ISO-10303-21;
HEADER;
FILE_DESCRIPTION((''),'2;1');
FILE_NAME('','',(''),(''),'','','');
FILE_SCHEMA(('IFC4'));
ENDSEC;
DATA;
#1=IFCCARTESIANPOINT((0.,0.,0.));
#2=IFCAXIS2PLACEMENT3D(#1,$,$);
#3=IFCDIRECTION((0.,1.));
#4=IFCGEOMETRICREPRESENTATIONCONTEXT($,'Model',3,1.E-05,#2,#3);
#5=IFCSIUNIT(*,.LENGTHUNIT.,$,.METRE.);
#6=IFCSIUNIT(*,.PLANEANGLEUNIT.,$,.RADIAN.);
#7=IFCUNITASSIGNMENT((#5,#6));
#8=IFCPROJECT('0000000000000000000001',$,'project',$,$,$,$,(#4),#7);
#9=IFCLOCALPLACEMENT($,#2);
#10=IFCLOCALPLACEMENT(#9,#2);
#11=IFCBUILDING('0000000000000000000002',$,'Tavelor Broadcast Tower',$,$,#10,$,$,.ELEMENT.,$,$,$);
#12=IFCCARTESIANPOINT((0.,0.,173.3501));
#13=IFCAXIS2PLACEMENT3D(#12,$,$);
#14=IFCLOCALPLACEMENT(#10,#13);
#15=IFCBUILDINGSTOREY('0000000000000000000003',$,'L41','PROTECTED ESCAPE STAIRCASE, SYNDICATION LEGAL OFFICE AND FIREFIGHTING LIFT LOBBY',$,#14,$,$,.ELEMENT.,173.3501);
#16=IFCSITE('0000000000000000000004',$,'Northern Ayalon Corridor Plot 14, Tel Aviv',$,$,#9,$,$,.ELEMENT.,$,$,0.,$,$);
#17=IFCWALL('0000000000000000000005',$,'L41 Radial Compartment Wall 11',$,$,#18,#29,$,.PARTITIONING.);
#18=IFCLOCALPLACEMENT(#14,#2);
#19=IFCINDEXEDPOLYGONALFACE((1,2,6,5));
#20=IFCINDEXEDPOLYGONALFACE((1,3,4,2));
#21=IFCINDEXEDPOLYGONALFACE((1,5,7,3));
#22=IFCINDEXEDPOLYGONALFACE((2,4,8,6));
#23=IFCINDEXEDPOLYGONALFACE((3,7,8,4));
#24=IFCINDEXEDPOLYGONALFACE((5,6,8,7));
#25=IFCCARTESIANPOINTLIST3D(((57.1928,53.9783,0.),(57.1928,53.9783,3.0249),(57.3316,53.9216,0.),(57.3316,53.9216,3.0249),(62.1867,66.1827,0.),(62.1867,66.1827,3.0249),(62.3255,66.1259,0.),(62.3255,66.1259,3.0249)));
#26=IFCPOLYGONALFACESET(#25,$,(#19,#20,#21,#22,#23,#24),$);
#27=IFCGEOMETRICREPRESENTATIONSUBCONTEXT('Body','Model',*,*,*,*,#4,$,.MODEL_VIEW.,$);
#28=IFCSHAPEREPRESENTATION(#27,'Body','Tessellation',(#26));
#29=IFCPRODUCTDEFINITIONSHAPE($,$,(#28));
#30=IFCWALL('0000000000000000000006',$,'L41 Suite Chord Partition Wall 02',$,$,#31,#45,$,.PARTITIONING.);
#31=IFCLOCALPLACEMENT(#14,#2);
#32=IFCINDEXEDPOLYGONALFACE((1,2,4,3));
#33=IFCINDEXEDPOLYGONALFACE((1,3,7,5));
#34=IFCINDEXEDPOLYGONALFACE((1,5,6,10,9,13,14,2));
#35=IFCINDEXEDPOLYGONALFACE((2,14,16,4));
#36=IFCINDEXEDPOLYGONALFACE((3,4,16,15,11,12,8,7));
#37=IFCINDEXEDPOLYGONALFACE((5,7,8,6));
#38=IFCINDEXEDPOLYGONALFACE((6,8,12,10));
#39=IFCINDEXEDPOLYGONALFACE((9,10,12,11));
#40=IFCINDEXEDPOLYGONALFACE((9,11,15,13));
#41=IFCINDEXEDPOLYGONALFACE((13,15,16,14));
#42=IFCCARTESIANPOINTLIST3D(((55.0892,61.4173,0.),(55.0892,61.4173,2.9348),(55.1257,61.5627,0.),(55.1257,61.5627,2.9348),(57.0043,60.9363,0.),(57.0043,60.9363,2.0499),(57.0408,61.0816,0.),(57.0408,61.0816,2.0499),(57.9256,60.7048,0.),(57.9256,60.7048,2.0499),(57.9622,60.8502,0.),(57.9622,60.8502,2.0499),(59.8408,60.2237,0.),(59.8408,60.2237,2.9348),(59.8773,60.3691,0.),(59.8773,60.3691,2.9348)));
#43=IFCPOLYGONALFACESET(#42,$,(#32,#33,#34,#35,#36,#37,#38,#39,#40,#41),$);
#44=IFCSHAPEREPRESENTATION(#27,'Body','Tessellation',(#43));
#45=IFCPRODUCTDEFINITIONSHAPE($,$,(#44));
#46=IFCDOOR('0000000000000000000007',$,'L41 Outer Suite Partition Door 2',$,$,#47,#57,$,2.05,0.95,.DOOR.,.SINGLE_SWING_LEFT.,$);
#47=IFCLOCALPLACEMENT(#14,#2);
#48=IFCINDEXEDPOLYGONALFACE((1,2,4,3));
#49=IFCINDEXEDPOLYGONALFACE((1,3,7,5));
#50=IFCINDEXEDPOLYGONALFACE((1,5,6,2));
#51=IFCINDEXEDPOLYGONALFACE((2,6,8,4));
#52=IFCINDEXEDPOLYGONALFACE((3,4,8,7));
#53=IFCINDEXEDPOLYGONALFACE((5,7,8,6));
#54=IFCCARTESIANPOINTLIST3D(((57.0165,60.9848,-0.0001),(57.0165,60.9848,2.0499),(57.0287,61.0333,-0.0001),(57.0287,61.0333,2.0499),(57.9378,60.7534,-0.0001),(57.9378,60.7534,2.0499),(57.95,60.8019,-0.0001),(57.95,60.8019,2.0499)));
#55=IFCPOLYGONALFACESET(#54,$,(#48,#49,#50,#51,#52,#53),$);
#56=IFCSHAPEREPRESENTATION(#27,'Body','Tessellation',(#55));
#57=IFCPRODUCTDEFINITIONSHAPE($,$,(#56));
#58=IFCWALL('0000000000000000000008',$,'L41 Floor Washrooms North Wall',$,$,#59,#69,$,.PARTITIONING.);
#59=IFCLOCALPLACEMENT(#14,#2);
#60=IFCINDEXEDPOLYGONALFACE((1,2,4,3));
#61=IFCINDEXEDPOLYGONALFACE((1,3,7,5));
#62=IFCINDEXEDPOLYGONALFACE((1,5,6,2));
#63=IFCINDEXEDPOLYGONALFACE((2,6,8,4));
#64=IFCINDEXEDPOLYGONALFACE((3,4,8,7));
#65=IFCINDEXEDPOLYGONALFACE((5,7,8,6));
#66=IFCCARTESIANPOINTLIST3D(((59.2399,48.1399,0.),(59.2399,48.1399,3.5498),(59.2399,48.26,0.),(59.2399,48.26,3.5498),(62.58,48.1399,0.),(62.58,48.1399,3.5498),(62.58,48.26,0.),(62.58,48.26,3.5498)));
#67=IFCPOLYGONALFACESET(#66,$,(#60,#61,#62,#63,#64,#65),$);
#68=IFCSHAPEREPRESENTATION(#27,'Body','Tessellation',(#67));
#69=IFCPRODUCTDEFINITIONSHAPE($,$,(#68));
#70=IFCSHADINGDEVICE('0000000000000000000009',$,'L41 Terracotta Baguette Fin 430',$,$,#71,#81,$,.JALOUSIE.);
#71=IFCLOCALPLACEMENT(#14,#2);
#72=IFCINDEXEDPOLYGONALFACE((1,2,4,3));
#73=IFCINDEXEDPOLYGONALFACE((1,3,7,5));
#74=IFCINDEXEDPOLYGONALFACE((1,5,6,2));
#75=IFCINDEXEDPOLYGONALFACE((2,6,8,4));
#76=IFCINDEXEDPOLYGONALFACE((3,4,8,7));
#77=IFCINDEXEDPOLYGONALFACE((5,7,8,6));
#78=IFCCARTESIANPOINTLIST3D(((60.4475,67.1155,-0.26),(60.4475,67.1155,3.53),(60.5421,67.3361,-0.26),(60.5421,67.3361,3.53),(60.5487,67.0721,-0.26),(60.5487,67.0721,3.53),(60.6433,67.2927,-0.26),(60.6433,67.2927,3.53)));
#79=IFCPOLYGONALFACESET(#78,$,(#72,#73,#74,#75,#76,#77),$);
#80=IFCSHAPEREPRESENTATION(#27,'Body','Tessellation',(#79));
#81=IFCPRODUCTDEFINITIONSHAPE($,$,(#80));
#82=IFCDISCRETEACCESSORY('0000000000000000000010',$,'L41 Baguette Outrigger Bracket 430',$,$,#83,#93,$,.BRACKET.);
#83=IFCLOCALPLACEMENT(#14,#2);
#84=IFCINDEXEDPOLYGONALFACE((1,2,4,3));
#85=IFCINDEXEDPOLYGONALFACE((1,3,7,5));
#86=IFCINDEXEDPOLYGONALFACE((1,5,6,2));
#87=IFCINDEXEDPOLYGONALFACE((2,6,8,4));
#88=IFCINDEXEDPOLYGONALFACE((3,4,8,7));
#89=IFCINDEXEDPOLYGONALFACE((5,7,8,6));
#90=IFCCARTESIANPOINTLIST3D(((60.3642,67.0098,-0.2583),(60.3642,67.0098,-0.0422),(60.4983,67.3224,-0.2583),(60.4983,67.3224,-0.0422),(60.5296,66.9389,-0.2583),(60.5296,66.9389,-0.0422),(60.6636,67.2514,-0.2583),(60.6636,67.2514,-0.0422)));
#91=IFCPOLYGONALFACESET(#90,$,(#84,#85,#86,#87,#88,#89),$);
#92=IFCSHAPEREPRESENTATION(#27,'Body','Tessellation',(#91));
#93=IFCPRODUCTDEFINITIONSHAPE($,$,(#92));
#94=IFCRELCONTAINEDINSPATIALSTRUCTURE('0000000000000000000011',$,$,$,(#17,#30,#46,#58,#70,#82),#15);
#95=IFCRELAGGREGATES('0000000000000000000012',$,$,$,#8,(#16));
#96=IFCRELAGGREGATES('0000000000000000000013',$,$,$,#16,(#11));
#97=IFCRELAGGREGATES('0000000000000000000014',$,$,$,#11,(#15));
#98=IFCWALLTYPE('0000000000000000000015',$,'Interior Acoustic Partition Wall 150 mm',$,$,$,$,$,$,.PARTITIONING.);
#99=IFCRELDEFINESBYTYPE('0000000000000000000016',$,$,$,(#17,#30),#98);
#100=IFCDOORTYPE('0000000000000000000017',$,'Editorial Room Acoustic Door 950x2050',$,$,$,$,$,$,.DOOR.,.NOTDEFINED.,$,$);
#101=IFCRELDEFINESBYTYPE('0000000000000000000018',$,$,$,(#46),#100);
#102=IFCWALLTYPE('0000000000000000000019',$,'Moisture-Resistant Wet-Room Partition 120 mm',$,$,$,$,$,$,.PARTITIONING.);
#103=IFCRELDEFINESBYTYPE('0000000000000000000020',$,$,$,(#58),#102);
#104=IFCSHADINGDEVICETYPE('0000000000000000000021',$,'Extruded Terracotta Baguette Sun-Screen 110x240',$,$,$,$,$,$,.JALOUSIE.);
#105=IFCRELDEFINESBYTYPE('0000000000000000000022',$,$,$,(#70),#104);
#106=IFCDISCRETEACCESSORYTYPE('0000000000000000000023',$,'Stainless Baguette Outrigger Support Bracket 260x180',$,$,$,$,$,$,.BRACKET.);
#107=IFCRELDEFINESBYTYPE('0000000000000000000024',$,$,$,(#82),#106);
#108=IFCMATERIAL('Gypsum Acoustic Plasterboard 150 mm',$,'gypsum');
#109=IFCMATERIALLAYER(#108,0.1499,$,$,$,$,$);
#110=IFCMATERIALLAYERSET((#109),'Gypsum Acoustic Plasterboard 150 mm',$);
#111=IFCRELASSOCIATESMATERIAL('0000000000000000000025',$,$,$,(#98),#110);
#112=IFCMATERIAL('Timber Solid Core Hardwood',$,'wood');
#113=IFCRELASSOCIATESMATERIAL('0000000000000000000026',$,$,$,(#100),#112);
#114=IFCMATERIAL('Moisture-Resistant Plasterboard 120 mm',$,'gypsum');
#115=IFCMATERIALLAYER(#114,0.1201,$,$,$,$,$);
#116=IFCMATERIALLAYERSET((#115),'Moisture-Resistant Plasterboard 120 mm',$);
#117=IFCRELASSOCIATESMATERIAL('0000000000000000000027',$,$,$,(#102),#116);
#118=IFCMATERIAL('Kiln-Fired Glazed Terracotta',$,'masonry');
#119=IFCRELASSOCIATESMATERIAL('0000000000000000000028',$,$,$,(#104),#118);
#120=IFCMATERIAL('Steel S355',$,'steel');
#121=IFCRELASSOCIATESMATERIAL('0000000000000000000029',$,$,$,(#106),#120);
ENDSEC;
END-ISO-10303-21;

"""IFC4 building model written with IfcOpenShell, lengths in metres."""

from ifc_helpers import new_model, si_unit, direction, frame, frame_2d, origin, origin_2d, place, context, subcontext, project, spatial, rectangle, extrude, source, transform, mapped, material, layer, layer_set, type_object, type_shapes, element, fill, save


model = new_model("IFC4")

# Units and contexts
model_context = context("Model", 3, precision=1e-05, world=origin(), true_north=direction((0.0, 1.0)))
body_context = subcontext(model_context, "Body", "Model", "MODEL_VIEW")
ifc_project = project(units=[si_unit("LENGTHUNIT", "METRE"), si_unit("PLANEANGLEUNIT", "RADIAN")], contexts=[model_context])

# Site, building, storey
site_placement = place(None, origin())
site = spatial("IfcSite", under=ifc_project, at=site_placement, Name="Northern Ayalon Corridor Plot 14, Tel Aviv", CompositionType="ELEMENT", RefElevation=0.0)
building_placement = place(site_placement, origin())
building = spatial("IfcBuilding", under=site, at=building_placement, Name="Tavelor Broadcast Tower", CompositionType="ELEMENT")
storey_placement = place(building_placement, frame((0.0, 0.0, 173.3501)))
storey = spatial("IfcBuildingStorey", under=building, at=storey_placement, Name="L41", Description="PROTECTED ESCAPE STAIRCASE, SYNDICATION LEGAL OFFICE AND FIREFIGHTING LIFT LOBBY", CompositionType="ELEMENT", Elevation=173.3501)

# Shared definitions
ifc_material_1 = material(Name="Steel S355", Category="steel")

# Shared definitions
ifc_material_2 = material(Name="Timber Solid Core Hardwood", Category="wood")

# Shared definitions
ifc_material_3 = material(Name="Gypsum Acoustic Plasterboard 150 mm", Category="gypsum")
ifc_layer_1 = layer(ifc_material_3, 0.1499)
ifc_layer_set_1 = layer_set([ifc_layer_1], Name="Gypsum Acoustic Plasterboard 150 mm")
wall_type_1 = type_object("IfcWallType", Name="Interior Acoustic Partition Wall 150 mm", PredefinedType="PARTITIONING", material=ifc_layer_set_1)

# Wall
wall_1_placement = place(storey_placement, frame((57.2622, 53.95, 0.0), z_axis=(0.0, 0.0, 1.0), x_axis=(0.378711, 0.925515, 0.0)))
element("IfcWall", 1, at=wall_1_placement, inside=storey, type_object=wall_type_1, Name="L41 Radial Compartment Wall 11", PredefinedType="PARTITIONING", context=body_context, shape_type="SweptSolid", body=[
    extrude(rectangle(XDim=13.1865, YDim=0.1499, at=frame_2d((6.5933, 0.0))), origin(), (0.0, 0.0, 1.0), 3.0249),
])

# Wall, opening, door
wall_2_placement = place(storey_placement, frame((59.8591, 60.2964, 0.0), z_axis=(0.0, 0.0, 1.0), x_axis=(-0.969866, 0.243638, 0.0)))
wall_2 = element("IfcWall", 2, at=wall_2_placement, inside=storey, type_object=wall_type_1, Name="L41 Suite Chord Partition Wall 02", PredefinedType="PARTITIONING", context=body_context, shape_type="SweptSolid", body=[
    extrude(rectangle(XDim=4.8992, YDim=0.1499, at=frame_2d((2.4497, 0.0))), origin(), (0.0, 0.0, 1.0), 2.9348),
])
opening_1_placement = place(wall_2_placement, frame((1.9746, 0.0, 0.0)))
opening_1 = element("IfcOpeningElement", 3, at=opening_1_placement, cuts=wall_2, PredefinedType="OPENING", context=body_context, shape_type="SweptSolid", body=[
    extrude(rectangle(XDim=0.95, YDim=2.05, at=frame_2d((0.4751, 1.0249))), frame((0.0, 0.085, 0.0), z_axis=(0.0, -1.0, 0.0), x_axis=(1.0, 0.0, 0.0)), (0.0, 0.0, 1.0), 0.1699),
])
door_type_1 = type_object("IfcDoorType", Name="Editorial Room Acoustic Door 950x2050", OperationType="NOTDEFINED", PredefinedType="DOOR", material=ifc_material_2)
door_1_placement = place(opening_1_placement, origin())
door_1 = element("IfcDoor", 4, at=door_1_placement, inside=storey, type_object=door_type_1, Name="L41 Outer Suite Partition Door 2", OperationType="SINGLE_SWING_LEFT", OverallHeight=2.05, OverallWidth=0.95, PredefinedType="DOOR", context=body_context, shape_type="SweptSolid", body=[
    extrude(rectangle(XDim=0.95, YDim=2.05, at=frame_2d((0.4751, 1.0249))), frame((0.0, 0.0249, 0.0), z_axis=(0.0, -1.0, 0.0), x_axis=(1.0, 0.0, 0.0)), (0.0, 0.0, 1.0), 0.05),
])
fill(opening_1, door_1)

# Wall
ifc_material_4 = material(Name="Moisture-Resistant Plasterboard 120 mm", Category="gypsum")
ifc_layer_2 = layer(ifc_material_4, 0.1201)
ifc_layer_set_2 = layer_set([ifc_layer_2], Name="Moisture-Resistant Plasterboard 120 mm")
wall_type_2 = type_object("IfcWallType", Name="Moisture-Resistant Wet-Room Partition 120 mm", PredefinedType="PARTITIONING", material=ifc_layer_set_2)
wall_3_placement = place(storey_placement, frame((59.24, 48.2, 0.0), z_axis=(0.0, 0.0, 1.0), x_axis=(1.0, 0.0, 0.0)))
element("IfcWall", 5, at=wall_3_placement, inside=storey, type_object=wall_type_2, Name="L41 Floor Washrooms North Wall", PredefinedType="PARTITIONING", context=body_context, shape_type="SweptSolid", body=[
    extrude(rectangle(XDim=3.3401, YDim=0.1201, at=frame_2d((1.6699, 0.0))), origin(), (0.0, 0.0, 1.0), 3.5498),
])

# Shading device
ifc_material_5 = material(Name="Kiln-Fired Glazed Terracotta", Category="masonry")
shading_device_type = type_object("IfcShadingDeviceType", Name="Extruded Terracotta Baguette Sun-Screen 110x240", PredefinedType="JALOUSIE", material=ifc_material_5)
shared_shape_1 = source(origin(), body_context, "Body", "SweptSolid", [
    extrude(rectangle(XDim=0.1101, YDim=0.24, at=origin_2d()), origin(), (0.0, 0.0, 1.0), 3.79),
])
type_shapes(shading_device_type, [shared_shape_1])
shading_device_placement = place(storey_placement, frame((60.5454, 67.2041, -0.26), z_axis=(0.0, 0.0, 1.0), x_axis=(-0.918998, 0.394263, 0.0)))
element("IfcShadingDevice", 6, at=shading_device_placement, inside=storey, type_object=shading_device_type, Name="L41 Terracotta Baguette Fin 430", PredefinedType="JALOUSIE", context=body_context, shape_type="MappedRepresentation", body=[
    mapped(shared_shape_1, transform((0.0, 0.0, 0.0), scale=1.0)),
])

# Discrete accessory
discrete_accessory_type = type_object("IfcDiscreteAccessoryType", Name="Stainless Baguette Outrigger Support Bracket 260x180", PredefinedType="BRACKET", material=ifc_material_1)
shared_shape_2 = source(origin(), body_context, "Body", "SweptSolid", [
    extrude(rectangle(XDim=0.1799, YDim=0.3401, at=origin_2d()), origin(), (0.0, 0.0, 1.0), 0.2161),
])
type_shapes(discrete_accessory_type, [shared_shape_2])
discrete_accessory_placement = place(storey_placement, frame((60.5139, 67.1306, -0.2583), z_axis=(0.0, 0.0, 1.0), x_axis=(-0.918998, 0.394263, 0.0)))
element("IfcDiscreteAccessory", 7, at=discrete_accessory_placement, inside=storey, type_object=discrete_accessory_type, Name="L41 Baguette Outrigger Bracket 430", PredefinedType="BRACKET", context=body_context, shape_type="MappedRepresentation", body=[
    mapped(shared_shape_2, transform((0.0, 0.0, 0.0), scale=1.0)),
])

save(model, "model.ifc")
